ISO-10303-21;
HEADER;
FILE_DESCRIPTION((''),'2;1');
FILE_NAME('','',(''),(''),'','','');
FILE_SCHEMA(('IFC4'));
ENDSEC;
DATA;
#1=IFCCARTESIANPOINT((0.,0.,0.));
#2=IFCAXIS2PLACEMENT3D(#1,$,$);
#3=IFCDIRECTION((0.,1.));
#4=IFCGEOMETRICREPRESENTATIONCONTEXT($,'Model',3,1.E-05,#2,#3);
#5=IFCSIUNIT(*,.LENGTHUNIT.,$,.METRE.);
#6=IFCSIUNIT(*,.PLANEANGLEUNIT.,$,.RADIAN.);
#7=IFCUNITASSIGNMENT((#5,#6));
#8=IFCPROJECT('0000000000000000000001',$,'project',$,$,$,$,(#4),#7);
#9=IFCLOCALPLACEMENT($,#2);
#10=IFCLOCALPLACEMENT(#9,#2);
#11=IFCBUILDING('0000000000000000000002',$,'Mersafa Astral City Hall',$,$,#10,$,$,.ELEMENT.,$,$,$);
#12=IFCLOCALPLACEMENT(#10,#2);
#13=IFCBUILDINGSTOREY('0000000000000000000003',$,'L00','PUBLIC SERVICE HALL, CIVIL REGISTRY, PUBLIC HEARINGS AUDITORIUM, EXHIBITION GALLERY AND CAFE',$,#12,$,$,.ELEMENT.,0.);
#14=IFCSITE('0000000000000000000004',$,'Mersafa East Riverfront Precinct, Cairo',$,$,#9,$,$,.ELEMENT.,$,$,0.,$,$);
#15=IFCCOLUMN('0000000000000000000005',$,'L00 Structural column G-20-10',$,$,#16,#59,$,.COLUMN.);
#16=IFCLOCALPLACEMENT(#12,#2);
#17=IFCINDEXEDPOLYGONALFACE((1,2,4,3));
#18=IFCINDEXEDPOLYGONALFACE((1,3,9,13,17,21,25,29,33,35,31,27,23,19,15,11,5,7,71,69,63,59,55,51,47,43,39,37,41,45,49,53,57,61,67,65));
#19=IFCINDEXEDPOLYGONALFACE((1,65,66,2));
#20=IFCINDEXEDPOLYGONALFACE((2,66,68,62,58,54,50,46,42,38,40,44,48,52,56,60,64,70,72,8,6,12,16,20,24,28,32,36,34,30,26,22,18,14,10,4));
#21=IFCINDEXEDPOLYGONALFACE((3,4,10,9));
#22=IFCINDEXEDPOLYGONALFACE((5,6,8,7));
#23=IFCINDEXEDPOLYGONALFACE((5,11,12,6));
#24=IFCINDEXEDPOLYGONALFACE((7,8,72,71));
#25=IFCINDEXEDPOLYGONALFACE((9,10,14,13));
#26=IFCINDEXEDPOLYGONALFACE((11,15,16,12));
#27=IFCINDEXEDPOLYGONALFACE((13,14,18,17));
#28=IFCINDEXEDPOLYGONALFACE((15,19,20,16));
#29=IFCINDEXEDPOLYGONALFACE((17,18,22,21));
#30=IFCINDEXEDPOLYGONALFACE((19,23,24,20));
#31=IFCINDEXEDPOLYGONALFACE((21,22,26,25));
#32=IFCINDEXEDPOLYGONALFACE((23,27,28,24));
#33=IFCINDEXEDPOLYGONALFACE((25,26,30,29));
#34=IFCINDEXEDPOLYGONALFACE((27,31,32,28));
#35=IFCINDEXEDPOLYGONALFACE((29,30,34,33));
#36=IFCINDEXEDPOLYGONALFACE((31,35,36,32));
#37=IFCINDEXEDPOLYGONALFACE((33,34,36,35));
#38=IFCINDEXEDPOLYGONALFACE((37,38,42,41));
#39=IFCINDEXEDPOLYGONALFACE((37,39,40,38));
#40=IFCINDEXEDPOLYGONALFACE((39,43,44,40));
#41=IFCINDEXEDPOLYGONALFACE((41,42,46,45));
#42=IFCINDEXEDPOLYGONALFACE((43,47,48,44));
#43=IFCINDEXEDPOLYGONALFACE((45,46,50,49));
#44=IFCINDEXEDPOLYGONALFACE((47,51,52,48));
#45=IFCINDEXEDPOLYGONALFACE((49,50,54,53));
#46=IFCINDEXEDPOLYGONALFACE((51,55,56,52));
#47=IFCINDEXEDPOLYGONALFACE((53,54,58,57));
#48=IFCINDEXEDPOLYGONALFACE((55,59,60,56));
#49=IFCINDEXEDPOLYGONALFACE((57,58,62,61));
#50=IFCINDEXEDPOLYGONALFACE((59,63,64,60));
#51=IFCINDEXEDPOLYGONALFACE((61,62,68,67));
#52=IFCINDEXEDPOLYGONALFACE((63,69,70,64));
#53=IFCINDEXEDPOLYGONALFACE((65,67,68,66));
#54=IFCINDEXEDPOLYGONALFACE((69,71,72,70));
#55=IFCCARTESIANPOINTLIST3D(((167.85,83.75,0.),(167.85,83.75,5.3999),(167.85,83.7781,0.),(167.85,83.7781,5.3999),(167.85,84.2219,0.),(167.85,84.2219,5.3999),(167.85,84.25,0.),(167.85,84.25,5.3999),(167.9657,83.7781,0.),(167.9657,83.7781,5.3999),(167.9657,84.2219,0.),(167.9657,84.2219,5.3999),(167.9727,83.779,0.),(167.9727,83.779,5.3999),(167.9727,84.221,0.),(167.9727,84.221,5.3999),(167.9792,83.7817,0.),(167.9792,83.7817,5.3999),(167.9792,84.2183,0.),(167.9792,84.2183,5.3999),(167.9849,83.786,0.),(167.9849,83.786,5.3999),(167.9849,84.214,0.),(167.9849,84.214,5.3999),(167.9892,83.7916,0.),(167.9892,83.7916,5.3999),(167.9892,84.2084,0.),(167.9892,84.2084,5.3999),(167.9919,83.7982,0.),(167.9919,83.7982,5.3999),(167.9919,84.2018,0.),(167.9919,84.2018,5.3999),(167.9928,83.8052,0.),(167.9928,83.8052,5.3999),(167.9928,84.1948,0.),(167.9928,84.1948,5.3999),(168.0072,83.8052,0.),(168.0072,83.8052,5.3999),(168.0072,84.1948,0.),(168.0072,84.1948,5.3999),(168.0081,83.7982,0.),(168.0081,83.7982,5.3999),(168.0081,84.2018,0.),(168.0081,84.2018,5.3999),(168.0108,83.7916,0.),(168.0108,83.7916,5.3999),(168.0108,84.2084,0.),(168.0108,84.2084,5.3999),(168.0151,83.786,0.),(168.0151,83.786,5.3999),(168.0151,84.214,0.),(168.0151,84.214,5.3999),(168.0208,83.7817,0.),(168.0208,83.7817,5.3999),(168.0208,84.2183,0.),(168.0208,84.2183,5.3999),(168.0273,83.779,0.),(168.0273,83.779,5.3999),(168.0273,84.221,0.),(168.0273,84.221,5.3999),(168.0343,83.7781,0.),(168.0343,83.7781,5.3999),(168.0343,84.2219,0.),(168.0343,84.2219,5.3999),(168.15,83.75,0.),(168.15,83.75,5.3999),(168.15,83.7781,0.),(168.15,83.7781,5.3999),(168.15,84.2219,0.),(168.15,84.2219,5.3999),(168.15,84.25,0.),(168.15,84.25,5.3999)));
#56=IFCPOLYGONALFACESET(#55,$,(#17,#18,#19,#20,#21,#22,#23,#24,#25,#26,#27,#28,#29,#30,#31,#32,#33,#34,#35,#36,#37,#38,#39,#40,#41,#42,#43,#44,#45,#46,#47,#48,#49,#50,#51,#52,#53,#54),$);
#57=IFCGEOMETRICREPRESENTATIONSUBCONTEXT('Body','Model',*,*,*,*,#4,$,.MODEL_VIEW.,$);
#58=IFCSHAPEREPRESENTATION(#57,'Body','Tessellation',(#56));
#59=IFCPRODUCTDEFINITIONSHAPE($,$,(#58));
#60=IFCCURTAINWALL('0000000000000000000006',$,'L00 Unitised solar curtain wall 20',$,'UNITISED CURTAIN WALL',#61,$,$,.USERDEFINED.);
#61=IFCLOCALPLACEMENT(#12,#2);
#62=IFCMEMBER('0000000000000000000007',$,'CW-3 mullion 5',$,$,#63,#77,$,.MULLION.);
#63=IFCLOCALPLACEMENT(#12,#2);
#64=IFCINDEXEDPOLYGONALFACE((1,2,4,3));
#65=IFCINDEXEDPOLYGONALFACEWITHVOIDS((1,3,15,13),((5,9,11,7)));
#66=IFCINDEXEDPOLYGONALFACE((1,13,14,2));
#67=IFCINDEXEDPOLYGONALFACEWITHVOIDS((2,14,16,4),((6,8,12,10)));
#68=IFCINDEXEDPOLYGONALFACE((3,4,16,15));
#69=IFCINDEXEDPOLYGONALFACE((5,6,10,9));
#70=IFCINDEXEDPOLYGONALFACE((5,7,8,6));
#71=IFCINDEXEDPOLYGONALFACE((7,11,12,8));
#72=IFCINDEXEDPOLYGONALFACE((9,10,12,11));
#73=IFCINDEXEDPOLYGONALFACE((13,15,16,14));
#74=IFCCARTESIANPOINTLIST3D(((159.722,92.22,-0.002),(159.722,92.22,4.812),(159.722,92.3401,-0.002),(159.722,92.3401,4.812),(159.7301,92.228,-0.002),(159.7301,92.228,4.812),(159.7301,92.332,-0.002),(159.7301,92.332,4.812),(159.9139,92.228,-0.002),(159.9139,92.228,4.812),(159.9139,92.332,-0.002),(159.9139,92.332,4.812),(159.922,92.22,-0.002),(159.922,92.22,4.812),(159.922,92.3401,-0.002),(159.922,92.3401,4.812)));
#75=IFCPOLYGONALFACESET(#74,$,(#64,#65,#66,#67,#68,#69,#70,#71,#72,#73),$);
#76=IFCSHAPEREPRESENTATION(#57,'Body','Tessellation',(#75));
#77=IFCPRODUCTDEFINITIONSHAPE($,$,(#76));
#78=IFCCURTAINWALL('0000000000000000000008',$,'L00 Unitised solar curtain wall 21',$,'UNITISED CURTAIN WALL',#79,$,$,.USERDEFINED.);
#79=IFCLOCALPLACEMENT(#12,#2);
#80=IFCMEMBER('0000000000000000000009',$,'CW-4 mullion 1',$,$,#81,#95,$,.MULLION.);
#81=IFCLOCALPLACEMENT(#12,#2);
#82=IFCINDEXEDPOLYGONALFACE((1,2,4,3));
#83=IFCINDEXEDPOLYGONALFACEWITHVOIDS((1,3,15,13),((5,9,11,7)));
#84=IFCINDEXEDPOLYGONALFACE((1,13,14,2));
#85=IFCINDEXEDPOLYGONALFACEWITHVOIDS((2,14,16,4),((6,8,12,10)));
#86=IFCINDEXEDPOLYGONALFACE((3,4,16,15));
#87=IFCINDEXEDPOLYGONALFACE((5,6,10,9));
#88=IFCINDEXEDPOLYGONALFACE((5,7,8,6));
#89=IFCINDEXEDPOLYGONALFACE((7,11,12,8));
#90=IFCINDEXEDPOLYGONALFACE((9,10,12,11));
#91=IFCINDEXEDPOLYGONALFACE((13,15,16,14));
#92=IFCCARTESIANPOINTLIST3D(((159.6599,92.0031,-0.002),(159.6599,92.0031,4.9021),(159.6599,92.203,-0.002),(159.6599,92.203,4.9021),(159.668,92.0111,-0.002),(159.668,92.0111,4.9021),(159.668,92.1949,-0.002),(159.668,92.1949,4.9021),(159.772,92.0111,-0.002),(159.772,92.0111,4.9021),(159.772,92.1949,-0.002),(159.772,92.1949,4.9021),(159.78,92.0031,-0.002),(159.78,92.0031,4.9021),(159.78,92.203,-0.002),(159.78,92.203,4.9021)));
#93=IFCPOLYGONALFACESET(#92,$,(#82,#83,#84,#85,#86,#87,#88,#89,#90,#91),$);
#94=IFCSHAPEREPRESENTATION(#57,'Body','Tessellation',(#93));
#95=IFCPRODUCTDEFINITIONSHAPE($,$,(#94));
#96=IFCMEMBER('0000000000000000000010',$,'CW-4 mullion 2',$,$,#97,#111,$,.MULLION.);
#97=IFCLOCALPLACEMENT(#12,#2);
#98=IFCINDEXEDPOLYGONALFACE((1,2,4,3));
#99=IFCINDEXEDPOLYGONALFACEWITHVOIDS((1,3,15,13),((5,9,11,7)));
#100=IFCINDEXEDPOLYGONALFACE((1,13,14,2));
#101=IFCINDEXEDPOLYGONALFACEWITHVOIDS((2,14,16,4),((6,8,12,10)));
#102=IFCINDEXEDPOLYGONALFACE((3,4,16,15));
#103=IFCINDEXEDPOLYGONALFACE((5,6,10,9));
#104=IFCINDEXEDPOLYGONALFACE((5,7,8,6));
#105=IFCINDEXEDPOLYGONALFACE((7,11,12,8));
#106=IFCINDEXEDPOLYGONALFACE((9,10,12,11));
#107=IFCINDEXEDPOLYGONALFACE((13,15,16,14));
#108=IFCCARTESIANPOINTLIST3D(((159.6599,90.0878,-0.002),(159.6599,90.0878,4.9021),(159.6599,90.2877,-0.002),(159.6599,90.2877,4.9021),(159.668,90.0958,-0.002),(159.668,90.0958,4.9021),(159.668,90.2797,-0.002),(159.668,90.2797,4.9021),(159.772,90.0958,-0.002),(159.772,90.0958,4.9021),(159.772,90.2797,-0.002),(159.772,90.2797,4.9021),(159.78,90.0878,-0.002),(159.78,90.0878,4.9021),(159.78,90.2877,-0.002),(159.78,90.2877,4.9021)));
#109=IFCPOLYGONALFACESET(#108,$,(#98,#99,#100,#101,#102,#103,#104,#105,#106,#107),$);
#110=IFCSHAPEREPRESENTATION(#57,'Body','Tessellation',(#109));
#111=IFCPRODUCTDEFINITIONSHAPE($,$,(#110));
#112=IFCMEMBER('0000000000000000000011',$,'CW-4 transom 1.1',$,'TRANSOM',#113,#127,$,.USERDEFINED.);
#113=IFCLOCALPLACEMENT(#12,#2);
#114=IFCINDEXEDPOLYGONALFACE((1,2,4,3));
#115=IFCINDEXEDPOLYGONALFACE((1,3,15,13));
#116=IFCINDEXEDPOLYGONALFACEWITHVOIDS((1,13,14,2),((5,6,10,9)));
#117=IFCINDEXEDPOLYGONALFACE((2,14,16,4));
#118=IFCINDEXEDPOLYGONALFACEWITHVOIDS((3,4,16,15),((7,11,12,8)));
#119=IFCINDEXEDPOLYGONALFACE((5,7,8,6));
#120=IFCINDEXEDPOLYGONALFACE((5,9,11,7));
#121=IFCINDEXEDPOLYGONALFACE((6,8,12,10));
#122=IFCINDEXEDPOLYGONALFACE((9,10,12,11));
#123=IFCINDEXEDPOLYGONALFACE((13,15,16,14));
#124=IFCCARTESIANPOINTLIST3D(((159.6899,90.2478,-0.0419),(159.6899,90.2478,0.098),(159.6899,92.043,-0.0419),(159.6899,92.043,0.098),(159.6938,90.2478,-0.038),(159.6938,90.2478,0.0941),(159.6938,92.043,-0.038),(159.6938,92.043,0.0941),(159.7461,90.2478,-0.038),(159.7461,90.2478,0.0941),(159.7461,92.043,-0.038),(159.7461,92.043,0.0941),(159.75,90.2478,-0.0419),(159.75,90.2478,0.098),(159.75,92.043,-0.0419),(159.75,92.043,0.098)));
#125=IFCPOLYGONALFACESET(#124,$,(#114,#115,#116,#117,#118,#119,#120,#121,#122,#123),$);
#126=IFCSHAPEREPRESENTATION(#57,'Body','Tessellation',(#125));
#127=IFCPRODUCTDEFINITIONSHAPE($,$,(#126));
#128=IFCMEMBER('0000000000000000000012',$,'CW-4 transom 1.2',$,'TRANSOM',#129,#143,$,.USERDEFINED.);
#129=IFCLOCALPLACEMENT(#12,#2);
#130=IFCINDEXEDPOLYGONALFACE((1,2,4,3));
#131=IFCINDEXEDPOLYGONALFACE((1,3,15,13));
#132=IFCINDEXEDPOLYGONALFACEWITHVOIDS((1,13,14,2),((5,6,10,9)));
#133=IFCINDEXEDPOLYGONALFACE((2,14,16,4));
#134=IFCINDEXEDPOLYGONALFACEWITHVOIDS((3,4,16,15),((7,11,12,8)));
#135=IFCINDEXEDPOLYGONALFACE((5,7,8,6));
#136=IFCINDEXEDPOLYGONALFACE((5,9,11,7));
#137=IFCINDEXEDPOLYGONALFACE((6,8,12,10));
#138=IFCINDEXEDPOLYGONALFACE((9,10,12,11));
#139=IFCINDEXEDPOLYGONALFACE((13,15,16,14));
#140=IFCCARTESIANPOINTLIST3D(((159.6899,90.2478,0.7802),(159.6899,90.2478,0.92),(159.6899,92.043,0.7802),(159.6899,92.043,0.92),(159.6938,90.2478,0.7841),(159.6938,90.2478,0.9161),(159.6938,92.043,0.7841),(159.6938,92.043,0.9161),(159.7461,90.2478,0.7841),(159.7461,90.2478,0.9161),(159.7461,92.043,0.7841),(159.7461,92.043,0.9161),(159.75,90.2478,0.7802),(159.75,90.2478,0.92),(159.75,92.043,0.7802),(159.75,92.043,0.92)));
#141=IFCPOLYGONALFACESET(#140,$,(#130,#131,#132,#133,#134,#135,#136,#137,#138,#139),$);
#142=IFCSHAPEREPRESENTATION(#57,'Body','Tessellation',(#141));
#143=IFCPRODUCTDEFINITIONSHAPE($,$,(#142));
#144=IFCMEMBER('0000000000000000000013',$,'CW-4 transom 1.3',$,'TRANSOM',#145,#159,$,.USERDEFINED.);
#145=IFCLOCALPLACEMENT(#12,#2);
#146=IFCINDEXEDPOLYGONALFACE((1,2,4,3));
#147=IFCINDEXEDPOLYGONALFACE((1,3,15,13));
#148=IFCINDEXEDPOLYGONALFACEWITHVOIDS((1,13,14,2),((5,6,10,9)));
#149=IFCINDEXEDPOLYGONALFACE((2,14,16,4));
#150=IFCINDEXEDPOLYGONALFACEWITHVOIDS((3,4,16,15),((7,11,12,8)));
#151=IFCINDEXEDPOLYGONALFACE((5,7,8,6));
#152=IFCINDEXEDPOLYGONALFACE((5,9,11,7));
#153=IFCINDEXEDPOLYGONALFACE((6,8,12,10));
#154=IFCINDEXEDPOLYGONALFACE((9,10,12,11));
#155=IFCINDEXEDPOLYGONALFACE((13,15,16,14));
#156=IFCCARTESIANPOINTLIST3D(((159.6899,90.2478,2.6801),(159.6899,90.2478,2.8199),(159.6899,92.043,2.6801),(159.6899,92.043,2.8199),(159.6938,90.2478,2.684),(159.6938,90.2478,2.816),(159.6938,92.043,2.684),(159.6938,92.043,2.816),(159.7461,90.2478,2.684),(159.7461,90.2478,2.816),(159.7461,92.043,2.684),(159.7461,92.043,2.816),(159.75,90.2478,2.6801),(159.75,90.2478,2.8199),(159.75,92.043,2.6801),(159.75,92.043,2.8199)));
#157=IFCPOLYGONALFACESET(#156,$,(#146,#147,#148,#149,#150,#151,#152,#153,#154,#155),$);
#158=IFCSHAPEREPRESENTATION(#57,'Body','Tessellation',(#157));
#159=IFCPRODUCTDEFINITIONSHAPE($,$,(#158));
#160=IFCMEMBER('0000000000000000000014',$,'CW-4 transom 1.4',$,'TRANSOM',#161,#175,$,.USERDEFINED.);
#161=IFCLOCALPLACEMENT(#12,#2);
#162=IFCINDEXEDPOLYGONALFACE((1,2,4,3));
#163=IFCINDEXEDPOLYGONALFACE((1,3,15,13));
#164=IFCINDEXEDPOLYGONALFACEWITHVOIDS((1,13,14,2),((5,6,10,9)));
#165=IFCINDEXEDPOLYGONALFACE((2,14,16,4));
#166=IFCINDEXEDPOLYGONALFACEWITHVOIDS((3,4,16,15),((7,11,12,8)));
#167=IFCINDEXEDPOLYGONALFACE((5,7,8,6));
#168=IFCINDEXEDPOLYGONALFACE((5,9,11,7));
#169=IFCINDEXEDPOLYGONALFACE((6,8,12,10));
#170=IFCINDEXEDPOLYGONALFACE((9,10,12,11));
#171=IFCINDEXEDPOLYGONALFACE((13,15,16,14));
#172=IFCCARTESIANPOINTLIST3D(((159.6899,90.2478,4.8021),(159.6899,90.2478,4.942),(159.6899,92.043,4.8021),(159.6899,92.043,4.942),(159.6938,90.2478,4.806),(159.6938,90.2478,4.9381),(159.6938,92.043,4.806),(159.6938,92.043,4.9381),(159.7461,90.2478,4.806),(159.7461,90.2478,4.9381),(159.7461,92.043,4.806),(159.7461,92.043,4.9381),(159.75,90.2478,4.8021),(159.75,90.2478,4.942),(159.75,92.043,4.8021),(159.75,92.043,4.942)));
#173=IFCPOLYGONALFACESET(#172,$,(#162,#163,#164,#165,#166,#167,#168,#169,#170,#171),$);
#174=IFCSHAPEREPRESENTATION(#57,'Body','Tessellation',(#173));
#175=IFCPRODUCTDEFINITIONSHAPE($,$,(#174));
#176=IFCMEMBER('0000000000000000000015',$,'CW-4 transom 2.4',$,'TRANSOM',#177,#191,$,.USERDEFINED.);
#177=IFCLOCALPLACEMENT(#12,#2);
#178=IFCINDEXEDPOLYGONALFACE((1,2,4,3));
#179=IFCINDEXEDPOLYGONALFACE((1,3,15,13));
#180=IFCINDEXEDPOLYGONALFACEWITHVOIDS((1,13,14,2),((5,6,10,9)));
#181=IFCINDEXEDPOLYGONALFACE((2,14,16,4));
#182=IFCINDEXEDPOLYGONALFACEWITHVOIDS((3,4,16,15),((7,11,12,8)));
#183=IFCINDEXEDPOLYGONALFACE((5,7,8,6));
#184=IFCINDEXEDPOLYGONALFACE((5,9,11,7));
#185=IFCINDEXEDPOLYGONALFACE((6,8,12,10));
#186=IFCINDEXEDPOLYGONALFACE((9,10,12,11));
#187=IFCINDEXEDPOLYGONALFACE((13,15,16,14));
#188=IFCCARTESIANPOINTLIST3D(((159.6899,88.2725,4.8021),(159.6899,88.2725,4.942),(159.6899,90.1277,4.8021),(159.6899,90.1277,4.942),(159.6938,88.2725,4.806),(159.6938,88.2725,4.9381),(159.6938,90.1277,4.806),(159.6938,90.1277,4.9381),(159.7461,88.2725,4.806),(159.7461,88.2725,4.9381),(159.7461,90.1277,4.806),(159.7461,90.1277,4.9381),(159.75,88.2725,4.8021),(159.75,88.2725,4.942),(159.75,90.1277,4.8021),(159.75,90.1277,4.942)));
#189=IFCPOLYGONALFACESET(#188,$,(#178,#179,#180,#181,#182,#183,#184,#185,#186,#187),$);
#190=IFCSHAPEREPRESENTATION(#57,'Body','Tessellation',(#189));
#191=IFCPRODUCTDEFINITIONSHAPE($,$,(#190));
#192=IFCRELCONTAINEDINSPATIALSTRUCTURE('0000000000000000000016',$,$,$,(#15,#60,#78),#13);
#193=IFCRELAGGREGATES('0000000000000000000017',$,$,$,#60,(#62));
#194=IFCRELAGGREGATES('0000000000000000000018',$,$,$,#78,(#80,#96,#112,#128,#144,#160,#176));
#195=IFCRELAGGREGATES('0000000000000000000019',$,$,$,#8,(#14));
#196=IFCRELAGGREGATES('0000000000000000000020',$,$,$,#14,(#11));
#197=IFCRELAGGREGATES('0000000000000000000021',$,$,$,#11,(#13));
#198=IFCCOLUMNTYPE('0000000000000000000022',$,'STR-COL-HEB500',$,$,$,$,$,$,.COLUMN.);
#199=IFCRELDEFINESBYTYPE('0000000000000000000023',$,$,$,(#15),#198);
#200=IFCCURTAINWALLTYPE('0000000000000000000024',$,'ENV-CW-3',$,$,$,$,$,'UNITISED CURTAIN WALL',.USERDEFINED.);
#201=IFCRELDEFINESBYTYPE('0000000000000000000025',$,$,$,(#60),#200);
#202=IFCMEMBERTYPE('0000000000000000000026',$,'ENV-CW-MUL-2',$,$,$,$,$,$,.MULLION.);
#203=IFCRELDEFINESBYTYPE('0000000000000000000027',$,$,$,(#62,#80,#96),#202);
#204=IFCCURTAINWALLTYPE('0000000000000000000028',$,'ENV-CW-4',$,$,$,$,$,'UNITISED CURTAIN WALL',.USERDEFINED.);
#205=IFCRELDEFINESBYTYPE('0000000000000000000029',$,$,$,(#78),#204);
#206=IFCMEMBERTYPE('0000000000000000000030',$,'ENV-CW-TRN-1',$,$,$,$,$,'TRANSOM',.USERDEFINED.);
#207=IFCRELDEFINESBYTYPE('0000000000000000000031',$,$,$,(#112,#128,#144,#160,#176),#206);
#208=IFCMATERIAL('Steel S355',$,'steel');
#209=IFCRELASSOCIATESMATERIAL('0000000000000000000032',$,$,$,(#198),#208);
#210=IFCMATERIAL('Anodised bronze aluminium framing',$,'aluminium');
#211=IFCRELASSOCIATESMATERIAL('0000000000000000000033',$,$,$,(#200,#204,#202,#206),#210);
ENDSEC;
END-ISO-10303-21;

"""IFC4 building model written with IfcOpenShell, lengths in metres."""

from ifc_helpers import new_model, si_unit, direction, frame, origin, origin_2d, place, context, subcontext, project, spatial, hollow_rectangle, i_section, extrude, material, material_profile, profile_set, type_object, element, aggregate, save


model = new_model("IFC4")

# Units and contexts
model_context = context("Model", 3, precision=1e-05, world=origin(), true_north=direction((0.0, 1.0)))
body_context = subcontext(model_context, "Body", "Model", "MODEL_VIEW")
ifc_project = project(units=[si_unit("LENGTHUNIT", "METRE"), si_unit("PLANEANGLEUNIT", "RADIAN")], contexts=[model_context])

# Site, building, storey
site_placement = place(None, origin())
site = spatial("IfcSite", under=ifc_project, at=site_placement, Name="Mersafa East Riverfront Precinct, Cairo", CompositionType="ELEMENT", RefElevation=0.0)
building_placement = place(site_placement, origin())
building = spatial("IfcBuilding", under=site, at=building_placement, Name="Mersafa Astral City Hall", CompositionType="ELEMENT")
storey_placement = place(building_placement, origin())
storey = spatial("IfcBuildingStorey", under=building, at=storey_placement, Name="L00", Description="PUBLIC SERVICE HALL, CIVIL REGISTRY, PUBLIC HEARINGS AUDITORIUM, EXHIBITION GALLERY AND CAFE", CompositionType="ELEMENT", Elevation=0.0)

# Column
ifc_material_1 = material(Name="Steel S355", Category="steel")
ifc_material_profile_1 = material_profile(ifc_material_1, i_section(OverallWidth=0.3, OverallDepth=0.5, WebThickness=0.0144, FlangeThickness=0.0281, FilletRadius=0.0271, at=origin_2d()), Name="HEB 500")
ifc_profile_set_1 = profile_set([ifc_material_profile_1], Name="Steel S355")
column_type = type_object("IfcColumnType", Name="STR-COL-HEB500", PredefinedType="COLUMN", material=ifc_profile_set_1)
column_placement = place(storey_placement, frame((168.0, 84.0, 0.0), z_axis=(0.0, 0.0, 1.0), x_axis=(1.0, 0.0, 0.0)))
element("IfcColumn", 1, at=column_placement, inside=storey, type_object=column_type, Name="L00 Structural column G-20-10", PredefinedType="COLUMN", context=body_context, shape_type="SweptSolid", body=[
    extrude(i_section(OverallWidth=0.3, OverallDepth=0.5, WebThickness=0.0144, FlangeThickness=0.0281, FilletRadius=0.0271, at=origin_2d()), origin(), (0.0, 0.0, 1.0), 5.3999),
])

# Curtain wall, member
ifc_material_2 = material(Name="Anodised bronze aluminium framing", Category="aluminium")
curtain_wall_type_1 = type_object("IfcCurtainWallType", Name="ENV-CW-3", ElementType="UNITISED CURTAIN WALL", PredefinedType="USERDEFINED", material=ifc_material_2)
curtain_wall_1_placement = place(storey_placement, origin())
curtain_wall_1 = element("IfcCurtainWall", 2, at=curtain_wall_1_placement, inside=storey, type_object=curtain_wall_type_1, Name="L00 Unitised solar curtain wall 20", ObjectType="UNITISED CURTAIN WALL", PredefinedType="USERDEFINED")
ifc_material_profile_2 = material_profile(ifc_material_2, hollow_rectangle(XDim=0.1201, YDim=0.2, WallThickness=0.0081, at=origin_2d()), Name="RHS 120x200x8")
ifc_profile_set_2 = profile_set([ifc_material_profile_2], Name="Anodised bronze aluminium framing")
member_type_1 = type_object("IfcMemberType", Name="ENV-CW-MUL-2", PredefinedType="MULLION", material=ifc_profile_set_2)
member_1_placement = place(storey_placement, frame((159.822, 92.28, -0.002), z_axis=(0.0, 0.0, 1.0), x_axis=(0.0, -1.0, 0.0)))
member_1 = element("IfcMember", 3, at=member_1_placement, type_object=member_type_1, Name="CW-3 mullion 5", PredefinedType="MULLION", context=body_context, shape_type="SweptSolid", body=[
    extrude(hollow_rectangle(XDim=0.1201, YDim=0.2, WallThickness=0.0081, at=origin_2d()), origin(), (0.0, 0.0, 1.0), 4.814),
])

# Curtain wall, members
curtain_wall_type_2 = type_object("IfcCurtainWallType", Name="ENV-CW-4", ElementType="UNITISED CURTAIN WALL", PredefinedType="USERDEFINED", material=ifc_material_2)
curtain_wall_2_placement = place(storey_placement, origin())
curtain_wall_2 = element("IfcCurtainWall", 4, at=curtain_wall_2_placement, inside=storey, type_object=curtain_wall_type_2, Name="L00 Unitised solar curtain wall 21", ObjectType="UNITISED CURTAIN WALL", PredefinedType="USERDEFINED")
member_2_placement = place(storey_placement, frame((159.72, 92.103, -0.002), z_axis=(0.0, 0.0, 1.0), x_axis=(1.0, 0.0, 0.0)))
member_2 = element("IfcMember", 5, at=member_2_placement, type_object=member_type_1, Name="CW-4 mullion 1", PredefinedType="MULLION", context=body_context, shape_type="SweptSolid", body=[
    extrude(hollow_rectangle(XDim=0.1201, YDim=0.2, WallThickness=0.0081, at=origin_2d()), origin(), (0.0, 0.0, 1.0), 4.9041),
])
member_3_placement = place(storey_placement, frame((159.72, 90.1877, -0.002), z_axis=(0.0, 0.0, 1.0), x_axis=(1.0, 0.0, 0.0)))
member_3 = element("IfcMember", 6, at=member_3_placement, type_object=member_type_1, Name="CW-4 mullion 2", PredefinedType="MULLION", context=body_context, shape_type="SweptSolid", body=[
    extrude(hollow_rectangle(XDim=0.1201, YDim=0.2, WallThickness=0.0081, at=origin_2d()), origin(), (0.0, 0.0, 1.0), 4.9041),
])
ifc_material_profile_3 = material_profile(ifc_material_2, hollow_rectangle(XDim=0.0601, YDim=0.1399, WallThickness=0.0039, at=origin_2d()), Name="RHS 60x140x4")
ifc_profile_set_3 = profile_set([ifc_material_profile_3], Name="Anodised bronze aluminium framing")
member_type_2 = type_object("IfcMemberType", Name="ENV-CW-TRN-1", ElementType="TRANSOM", PredefinedType="USERDEFINED", material=ifc_profile_set_3)
member_4_placement = place(storey_placement, frame((159.72, 92.043, 0.0281), z_axis=(0.0, -1.0, 0.0), x_axis=(1.0, 0.0, 0.0)))
member_4 = element("IfcMember", 7, at=member_4_placement, type_object=member_type_2, Name="CW-4 transom 1.1", ObjectType="TRANSOM", PredefinedType="USERDEFINED", context=body_context, shape_type="SweptSolid", body=[
    extrude(hollow_rectangle(XDim=0.0601, YDim=0.1399, WallThickness=0.0039, at=origin_2d()), origin(), (0.0, 0.0, 1.0), 1.7952),
])
member_5_placement = place(storey_placement, frame((159.72, 92.043, 0.8501), z_axis=(0.0, -1.0, 0.0), x_axis=(1.0, 0.0, 0.0)))
member_5 = element("IfcMember", 8, at=member_5_placement, type_object=member_type_2, Name="CW-4 transom 1.2", ObjectType="TRANSOM", PredefinedType="USERDEFINED", context=body_context, shape_type="SweptSolid", body=[
    extrude(hollow_rectangle(XDim=0.0601, YDim=0.1399, WallThickness=0.0039, at=origin_2d()), origin(), (0.0, 0.0, 1.0), 1.7952),
])
member_6_placement = place(storey_placement, frame((159.72, 92.043, 2.75), z_axis=(0.0, -1.0, 0.0), x_axis=(1.0, 0.0, 0.0)))
member_6 = element("IfcMember", 9, at=member_6_placement, type_object=member_type_2, Name="CW-4 transom 1.3", ObjectType="TRANSOM", PredefinedType="USERDEFINED", context=body_context, shape_type="SweptSolid", body=[
    extrude(hollow_rectangle(XDim=0.0601, YDim=0.1399, WallThickness=0.0039, at=origin_2d()), origin(), (0.0, 0.0, 1.0), 1.7952),
])
member_7_placement = place(storey_placement, frame((159.72, 92.043, 4.8721), z_axis=(0.0, -1.0, 0.0), x_axis=(1.0, 0.0, 0.0)))
member_7 = element("IfcMember", 10, at=member_7_placement, type_object=member_type_2, Name="CW-4 transom 1.4", ObjectType="TRANSOM", PredefinedType="USERDEFINED", context=body_context, shape_type="SweptSolid", body=[
    extrude(hollow_rectangle(XDim=0.0601, YDim=0.1399, WallThickness=0.0039, at=origin_2d()), origin(), (0.0, 0.0, 1.0), 1.7952),
])
member_8_placement = place(storey_placement, frame((159.72, 90.1277, 4.8721), z_axis=(0.0, -1.0, 0.0), x_axis=(1.0, 0.0, 0.0)))
member_8 = element("IfcMember", 11, at=member_8_placement, type_object=member_type_2, Name="CW-4 transom 2.4", ObjectType="TRANSOM", PredefinedType="USERDEFINED", context=body_context, shape_type="SweptSolid", body=[
    extrude(hollow_rectangle(XDim=0.0601, YDim=0.1399, WallThickness=0.0039, at=origin_2d()), origin(), (0.0, 0.0, 1.0), 1.8552),
])

aggregate(curtain_wall_1, [member_1])
aggregate(curtain_wall_2, [member_2, member_3, member_4, member_5, member_6, member_7, member_8])

save(model, "model.ifc")
